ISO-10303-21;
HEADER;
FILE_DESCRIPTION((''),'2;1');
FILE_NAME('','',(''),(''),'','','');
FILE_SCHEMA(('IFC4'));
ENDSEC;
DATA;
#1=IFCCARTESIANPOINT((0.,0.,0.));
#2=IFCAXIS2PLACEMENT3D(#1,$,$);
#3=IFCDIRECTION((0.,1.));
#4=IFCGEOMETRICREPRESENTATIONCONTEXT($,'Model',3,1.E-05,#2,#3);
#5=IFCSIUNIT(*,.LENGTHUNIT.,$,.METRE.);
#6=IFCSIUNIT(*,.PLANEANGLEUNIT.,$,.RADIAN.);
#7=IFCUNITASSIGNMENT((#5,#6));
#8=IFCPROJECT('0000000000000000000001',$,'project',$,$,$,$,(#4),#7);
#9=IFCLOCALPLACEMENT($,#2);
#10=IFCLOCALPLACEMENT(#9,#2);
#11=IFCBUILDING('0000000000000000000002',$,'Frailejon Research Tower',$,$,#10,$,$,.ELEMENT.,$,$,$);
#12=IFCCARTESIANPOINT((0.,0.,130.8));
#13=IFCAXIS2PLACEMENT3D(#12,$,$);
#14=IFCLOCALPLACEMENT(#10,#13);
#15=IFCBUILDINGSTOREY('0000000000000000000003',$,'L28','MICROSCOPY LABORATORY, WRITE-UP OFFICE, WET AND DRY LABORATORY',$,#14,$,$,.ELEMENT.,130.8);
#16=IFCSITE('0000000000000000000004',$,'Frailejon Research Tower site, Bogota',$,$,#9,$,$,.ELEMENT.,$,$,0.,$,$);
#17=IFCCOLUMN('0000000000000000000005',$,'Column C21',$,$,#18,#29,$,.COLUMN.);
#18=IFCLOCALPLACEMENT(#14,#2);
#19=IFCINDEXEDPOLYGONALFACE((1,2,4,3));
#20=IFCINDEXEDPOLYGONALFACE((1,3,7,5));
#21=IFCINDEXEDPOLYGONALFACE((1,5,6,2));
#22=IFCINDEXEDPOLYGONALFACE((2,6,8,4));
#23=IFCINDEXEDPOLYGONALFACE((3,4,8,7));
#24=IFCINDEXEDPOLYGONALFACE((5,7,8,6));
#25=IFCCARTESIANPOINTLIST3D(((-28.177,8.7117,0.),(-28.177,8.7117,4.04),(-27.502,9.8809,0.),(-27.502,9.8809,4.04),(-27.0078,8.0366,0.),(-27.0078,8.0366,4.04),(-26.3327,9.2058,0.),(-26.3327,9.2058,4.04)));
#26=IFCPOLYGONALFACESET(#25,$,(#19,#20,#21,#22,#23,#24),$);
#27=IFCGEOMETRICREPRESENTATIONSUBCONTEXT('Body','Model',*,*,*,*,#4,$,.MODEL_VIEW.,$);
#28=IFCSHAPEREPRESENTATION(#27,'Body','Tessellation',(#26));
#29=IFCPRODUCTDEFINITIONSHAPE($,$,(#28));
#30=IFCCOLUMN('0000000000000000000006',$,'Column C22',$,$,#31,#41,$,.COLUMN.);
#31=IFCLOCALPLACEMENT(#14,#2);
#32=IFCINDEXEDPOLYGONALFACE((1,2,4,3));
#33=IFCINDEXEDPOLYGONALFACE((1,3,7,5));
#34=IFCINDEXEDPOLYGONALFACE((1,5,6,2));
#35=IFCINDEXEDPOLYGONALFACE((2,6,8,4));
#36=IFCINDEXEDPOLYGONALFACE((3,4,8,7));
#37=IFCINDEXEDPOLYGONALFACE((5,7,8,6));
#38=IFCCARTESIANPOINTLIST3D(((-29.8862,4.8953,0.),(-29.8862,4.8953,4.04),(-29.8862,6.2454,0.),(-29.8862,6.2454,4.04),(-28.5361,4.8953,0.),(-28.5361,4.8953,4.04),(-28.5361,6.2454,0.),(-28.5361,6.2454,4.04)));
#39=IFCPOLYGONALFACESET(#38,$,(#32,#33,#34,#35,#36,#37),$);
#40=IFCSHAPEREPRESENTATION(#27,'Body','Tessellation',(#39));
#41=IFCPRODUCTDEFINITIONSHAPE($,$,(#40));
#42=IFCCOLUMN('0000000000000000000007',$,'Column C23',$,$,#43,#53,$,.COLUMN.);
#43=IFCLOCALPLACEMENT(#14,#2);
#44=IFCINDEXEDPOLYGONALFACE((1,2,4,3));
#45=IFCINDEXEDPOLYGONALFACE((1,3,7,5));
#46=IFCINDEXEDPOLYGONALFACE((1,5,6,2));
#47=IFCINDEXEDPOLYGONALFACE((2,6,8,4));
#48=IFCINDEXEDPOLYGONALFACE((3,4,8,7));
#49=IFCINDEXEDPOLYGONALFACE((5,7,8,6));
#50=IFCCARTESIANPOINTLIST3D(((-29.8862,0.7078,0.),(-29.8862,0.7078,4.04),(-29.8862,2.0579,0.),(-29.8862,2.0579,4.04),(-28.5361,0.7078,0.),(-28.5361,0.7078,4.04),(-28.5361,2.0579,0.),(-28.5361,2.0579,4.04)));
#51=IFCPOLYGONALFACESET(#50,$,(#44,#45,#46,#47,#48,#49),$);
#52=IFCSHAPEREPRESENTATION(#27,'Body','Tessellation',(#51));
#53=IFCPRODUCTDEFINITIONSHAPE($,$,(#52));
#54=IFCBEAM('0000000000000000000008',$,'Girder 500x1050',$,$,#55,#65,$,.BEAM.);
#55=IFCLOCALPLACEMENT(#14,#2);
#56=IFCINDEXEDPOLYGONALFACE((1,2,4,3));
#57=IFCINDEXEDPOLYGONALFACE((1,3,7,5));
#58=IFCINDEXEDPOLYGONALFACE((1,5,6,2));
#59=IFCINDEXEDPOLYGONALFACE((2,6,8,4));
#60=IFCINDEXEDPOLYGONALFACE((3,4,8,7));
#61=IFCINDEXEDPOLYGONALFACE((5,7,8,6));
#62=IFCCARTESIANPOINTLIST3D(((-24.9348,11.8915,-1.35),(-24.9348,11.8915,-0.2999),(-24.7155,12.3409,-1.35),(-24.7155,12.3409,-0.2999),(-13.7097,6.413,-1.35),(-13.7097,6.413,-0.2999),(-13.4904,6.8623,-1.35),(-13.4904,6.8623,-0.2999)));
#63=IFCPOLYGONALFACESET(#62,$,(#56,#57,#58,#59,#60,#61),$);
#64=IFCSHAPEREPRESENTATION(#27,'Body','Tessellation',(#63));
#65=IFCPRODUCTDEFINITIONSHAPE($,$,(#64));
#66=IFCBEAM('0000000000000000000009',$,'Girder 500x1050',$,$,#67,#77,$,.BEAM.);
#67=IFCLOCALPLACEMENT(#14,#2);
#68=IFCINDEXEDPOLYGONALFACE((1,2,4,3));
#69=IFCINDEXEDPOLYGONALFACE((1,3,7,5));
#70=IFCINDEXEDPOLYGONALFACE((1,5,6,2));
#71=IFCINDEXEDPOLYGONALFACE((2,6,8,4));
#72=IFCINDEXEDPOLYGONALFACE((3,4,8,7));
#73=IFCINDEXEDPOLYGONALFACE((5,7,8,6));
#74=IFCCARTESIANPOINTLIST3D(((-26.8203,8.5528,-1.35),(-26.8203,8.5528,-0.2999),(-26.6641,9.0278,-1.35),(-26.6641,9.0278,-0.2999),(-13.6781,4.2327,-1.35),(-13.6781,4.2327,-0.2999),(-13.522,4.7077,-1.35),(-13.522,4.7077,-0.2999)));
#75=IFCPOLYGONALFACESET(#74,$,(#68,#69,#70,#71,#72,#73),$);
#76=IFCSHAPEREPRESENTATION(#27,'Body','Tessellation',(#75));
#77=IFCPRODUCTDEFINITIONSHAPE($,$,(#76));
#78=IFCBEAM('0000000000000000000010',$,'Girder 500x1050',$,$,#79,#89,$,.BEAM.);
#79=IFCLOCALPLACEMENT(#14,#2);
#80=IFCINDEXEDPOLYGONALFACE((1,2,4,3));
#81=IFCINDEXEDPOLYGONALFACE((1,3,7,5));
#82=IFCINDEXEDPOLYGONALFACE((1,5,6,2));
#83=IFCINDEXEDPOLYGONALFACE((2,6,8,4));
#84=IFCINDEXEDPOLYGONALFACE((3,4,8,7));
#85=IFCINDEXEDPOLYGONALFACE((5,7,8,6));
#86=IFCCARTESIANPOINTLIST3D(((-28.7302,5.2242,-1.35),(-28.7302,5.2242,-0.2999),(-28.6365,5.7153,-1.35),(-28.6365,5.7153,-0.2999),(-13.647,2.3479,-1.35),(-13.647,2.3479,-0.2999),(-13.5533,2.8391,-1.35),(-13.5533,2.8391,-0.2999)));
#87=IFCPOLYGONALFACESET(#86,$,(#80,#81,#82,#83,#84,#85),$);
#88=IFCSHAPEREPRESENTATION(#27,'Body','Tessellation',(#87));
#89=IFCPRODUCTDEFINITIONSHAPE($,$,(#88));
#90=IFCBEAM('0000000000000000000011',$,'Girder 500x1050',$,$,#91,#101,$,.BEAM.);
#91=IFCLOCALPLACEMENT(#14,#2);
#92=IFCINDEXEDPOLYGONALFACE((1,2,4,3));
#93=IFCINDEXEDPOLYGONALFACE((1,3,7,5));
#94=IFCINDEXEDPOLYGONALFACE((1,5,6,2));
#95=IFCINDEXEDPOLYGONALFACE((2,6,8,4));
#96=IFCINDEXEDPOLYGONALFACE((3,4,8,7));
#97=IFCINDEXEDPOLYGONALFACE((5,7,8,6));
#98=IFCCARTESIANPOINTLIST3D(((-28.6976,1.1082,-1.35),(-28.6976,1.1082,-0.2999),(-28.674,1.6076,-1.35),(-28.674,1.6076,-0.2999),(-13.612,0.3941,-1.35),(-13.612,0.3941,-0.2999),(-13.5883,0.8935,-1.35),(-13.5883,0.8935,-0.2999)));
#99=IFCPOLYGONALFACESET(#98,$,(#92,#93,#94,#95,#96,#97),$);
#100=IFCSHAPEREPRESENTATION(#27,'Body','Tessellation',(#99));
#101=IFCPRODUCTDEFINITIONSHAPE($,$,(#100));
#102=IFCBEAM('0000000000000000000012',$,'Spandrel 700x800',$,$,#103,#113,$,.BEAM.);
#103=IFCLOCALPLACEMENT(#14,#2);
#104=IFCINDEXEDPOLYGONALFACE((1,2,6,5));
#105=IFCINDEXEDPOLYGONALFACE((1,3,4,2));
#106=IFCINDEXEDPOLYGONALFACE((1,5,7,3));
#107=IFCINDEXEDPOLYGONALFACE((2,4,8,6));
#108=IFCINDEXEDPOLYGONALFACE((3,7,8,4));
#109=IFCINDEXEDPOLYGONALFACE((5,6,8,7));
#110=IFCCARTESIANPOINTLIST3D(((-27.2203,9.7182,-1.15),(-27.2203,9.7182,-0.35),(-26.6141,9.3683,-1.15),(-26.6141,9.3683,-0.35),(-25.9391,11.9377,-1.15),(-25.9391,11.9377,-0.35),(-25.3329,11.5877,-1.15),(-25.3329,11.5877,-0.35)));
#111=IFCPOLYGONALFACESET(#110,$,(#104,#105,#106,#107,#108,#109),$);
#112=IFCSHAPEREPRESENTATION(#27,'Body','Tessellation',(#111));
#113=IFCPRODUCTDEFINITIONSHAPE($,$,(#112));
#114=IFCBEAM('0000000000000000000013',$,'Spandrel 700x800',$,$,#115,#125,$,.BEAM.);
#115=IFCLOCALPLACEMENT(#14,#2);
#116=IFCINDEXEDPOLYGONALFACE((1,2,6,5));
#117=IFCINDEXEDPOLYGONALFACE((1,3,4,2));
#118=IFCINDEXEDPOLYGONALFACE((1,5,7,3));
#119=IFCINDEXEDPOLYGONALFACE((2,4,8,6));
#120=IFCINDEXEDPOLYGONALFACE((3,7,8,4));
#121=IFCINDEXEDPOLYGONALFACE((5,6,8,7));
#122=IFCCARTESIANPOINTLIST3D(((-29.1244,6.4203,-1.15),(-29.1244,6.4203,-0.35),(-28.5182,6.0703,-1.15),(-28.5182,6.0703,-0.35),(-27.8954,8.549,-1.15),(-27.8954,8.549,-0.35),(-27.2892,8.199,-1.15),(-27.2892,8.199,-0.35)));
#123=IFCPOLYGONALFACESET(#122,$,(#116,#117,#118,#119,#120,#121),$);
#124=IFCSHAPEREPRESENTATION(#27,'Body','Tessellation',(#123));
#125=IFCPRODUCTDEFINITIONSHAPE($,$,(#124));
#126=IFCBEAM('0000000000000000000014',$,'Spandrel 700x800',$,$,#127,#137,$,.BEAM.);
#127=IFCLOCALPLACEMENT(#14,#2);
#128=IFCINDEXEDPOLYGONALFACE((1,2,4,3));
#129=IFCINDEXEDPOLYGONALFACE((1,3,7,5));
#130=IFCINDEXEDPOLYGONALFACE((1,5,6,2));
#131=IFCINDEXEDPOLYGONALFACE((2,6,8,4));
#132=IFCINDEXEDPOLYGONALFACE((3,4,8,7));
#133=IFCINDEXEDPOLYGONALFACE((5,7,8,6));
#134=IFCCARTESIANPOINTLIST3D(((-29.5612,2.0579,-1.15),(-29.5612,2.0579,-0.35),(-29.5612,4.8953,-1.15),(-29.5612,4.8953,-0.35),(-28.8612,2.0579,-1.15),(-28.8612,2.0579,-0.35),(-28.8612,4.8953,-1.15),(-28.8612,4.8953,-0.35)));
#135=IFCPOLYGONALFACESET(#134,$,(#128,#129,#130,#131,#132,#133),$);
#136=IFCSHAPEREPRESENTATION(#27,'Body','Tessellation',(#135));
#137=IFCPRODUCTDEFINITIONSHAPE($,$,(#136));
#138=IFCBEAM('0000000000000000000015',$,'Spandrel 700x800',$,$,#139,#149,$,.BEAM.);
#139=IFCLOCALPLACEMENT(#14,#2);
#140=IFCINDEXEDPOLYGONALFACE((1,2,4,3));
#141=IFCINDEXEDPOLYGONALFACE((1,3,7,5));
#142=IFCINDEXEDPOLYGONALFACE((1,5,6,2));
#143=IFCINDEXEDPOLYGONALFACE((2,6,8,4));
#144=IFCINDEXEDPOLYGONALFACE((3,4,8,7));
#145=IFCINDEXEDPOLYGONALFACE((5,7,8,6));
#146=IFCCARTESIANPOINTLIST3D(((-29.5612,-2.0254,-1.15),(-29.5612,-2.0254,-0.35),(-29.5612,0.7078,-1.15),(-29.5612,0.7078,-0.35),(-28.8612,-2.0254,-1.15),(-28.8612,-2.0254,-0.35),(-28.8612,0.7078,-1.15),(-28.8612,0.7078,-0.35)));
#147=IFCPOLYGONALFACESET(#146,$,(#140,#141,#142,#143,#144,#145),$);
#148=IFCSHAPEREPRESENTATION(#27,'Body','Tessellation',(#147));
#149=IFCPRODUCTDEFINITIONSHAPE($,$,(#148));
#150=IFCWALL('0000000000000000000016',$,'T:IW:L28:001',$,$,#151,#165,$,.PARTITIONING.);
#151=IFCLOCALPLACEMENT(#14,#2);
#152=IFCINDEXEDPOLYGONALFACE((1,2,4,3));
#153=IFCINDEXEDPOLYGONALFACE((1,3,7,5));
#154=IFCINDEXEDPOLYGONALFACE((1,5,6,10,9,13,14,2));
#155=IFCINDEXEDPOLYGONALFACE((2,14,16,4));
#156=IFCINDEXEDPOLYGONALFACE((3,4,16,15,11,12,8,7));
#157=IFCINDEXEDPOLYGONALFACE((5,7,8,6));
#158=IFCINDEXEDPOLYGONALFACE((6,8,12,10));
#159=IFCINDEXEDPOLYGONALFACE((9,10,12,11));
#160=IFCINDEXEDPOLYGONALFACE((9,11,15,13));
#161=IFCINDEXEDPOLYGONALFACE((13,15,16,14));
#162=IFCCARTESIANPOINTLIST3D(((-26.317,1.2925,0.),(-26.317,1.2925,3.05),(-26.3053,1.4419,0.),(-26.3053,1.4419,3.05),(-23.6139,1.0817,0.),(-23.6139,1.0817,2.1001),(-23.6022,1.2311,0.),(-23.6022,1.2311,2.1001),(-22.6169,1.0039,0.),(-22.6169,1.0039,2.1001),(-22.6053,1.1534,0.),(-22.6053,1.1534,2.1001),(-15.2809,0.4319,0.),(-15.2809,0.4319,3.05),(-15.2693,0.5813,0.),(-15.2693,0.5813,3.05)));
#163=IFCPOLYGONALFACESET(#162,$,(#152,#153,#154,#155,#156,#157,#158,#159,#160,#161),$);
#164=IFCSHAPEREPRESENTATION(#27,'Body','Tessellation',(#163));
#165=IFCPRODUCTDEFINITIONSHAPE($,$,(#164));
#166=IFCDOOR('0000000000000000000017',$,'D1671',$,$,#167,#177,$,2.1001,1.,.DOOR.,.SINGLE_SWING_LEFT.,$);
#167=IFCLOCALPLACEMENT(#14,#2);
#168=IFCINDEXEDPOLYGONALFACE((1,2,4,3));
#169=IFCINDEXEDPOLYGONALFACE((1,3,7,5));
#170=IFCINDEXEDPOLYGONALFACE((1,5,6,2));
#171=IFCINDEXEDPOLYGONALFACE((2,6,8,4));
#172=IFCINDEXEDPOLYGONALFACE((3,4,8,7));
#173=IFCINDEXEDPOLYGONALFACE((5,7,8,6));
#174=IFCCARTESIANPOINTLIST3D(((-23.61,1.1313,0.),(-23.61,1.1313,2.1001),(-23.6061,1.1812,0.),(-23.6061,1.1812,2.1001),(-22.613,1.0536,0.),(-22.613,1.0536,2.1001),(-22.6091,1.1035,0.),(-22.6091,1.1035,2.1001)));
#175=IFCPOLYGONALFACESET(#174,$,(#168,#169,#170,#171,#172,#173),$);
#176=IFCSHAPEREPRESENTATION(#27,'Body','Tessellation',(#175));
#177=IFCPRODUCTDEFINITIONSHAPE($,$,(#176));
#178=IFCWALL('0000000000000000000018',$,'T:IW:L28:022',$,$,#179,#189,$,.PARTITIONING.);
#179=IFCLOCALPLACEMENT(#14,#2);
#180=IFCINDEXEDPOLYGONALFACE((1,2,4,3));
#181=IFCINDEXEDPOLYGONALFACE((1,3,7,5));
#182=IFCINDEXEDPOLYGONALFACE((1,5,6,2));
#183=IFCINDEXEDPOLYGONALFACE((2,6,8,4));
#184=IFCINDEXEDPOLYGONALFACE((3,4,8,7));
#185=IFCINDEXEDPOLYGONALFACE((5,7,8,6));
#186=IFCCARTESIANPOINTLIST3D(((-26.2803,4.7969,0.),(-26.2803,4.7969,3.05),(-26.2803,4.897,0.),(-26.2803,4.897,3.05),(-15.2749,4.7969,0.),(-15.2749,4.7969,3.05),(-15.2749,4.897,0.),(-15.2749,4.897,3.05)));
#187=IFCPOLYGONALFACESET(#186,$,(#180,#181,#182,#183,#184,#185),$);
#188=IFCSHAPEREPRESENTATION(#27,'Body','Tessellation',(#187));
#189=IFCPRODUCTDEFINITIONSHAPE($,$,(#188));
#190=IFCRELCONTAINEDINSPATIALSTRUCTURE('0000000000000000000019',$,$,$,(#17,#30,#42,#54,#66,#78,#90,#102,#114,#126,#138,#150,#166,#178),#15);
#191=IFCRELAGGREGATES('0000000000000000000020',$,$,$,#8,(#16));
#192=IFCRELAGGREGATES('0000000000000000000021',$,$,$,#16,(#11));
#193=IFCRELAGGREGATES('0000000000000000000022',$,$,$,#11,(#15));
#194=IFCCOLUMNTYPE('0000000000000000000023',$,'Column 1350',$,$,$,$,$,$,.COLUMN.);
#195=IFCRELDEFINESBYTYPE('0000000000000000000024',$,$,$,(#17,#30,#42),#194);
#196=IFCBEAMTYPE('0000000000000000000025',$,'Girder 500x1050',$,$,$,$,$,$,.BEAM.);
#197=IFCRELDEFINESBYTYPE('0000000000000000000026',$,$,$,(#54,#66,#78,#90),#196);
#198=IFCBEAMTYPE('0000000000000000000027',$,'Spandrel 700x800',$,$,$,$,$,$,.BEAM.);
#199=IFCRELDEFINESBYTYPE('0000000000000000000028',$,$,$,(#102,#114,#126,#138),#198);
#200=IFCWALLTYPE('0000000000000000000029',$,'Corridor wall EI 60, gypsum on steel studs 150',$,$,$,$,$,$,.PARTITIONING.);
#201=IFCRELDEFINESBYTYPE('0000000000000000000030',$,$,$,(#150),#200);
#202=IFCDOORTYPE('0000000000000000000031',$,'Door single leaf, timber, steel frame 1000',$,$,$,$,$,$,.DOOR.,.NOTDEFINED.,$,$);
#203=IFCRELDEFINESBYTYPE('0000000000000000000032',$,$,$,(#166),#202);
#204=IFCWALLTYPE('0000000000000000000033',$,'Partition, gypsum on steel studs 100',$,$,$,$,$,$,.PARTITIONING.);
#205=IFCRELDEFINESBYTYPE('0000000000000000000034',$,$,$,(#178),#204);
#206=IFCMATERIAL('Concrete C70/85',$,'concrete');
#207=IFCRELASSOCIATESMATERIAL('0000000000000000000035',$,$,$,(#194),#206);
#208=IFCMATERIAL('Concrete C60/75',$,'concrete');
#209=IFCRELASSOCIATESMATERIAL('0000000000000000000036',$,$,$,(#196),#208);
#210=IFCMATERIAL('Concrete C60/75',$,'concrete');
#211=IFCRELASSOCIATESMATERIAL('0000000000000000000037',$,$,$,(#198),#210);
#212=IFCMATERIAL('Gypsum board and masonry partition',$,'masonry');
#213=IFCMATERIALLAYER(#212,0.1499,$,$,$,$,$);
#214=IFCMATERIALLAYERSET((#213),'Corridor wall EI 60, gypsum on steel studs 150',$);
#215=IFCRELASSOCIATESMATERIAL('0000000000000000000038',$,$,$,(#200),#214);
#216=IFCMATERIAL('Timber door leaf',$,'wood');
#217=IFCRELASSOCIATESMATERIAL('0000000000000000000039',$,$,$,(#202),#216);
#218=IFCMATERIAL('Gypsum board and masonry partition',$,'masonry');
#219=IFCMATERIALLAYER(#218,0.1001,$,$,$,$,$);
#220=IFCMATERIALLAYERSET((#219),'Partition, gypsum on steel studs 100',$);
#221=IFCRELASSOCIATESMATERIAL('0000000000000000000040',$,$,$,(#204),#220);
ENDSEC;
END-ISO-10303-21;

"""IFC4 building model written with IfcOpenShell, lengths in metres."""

from ifc_helpers import new_model, si_unit, direction, frame, frame_2d, origin, origin_2d, place, context, subcontext, project, spatial, rectangle, extrude, material, layer, layer_set, material_profile, profile_set, type_object, element, fill, save


model = new_model("IFC4")

# Units and contexts
model_context = context("Model", 3, precision=1e-05, world=origin(), true_north=direction((0.0, 1.0)))
body_context = subcontext(model_context, "Body", "Model", "MODEL_VIEW")
ifc_project = project(units=[si_unit("LENGTHUNIT", "METRE"), si_unit("PLANEANGLEUNIT", "RADIAN")], contexts=[model_context])

# Site, building, storey
site_placement = place(None, origin())
site = spatial("IfcSite", under=ifc_project, at=site_placement, Name="Frailejon Research Tower site, Bogota", CompositionType="ELEMENT", RefElevation=0.0)
building_placement = place(site_placement, origin())
building = spatial("IfcBuilding", under=site, at=building_placement, Name="Frailejon Research Tower", CompositionType="ELEMENT")
storey_placement = place(building_placement, frame((0.0, 0.0, 130.8)))
storey = spatial("IfcBuildingStorey", under=building, at=storey_placement, Name="L28", Description="MICROSCOPY LABORATORY, WRITE-UP OFFICE, WET AND DRY LABORATORY", CompositionType="ELEMENT", Elevation=130.8)

# Columns
ifc_material_1 = material(Name="Concrete C70/85", Category="concrete")
ifc_material_profile_1 = material_profile(ifc_material_1, rectangle(XDim=1.3501, YDim=1.3501, at=origin_2d()), Name="Column 1350")
ifc_profile_set_1 = profile_set([ifc_material_profile_1], Name="Concrete C70/85")
column_type = type_object("IfcColumnType", Name="Column 1350", PredefinedType="COLUMN", material=ifc_profile_set_1)
for number, where, z_axis, x_axis, name in (
    (1, (-27.2549, 8.9587, 0.0), (0.0, 0.0, 1.0), (-0.5, -0.866025, 0.0), "Column C21"),
    (2, (-29.2112, 5.5703, 0.0), (0.0, 0.0, 1.0), (0.0, -1.0, 0.0), "Column C22"),
    (3, (-29.2112, 1.3828, 0.0), (0.0, 0.0, 1.0), (0.0, -1.0, 0.0), "Column C23"),
):
    element("IfcColumn", number, at=place(storey_placement, frame(where, z_axis=z_axis, x_axis=x_axis)), inside=storey, type_object=column_type, Name=name, PredefinedType="COLUMN", context=body_context, shape_type="SweptSolid", body=[
        extrude(rectangle(XDim=1.3501, YDim=1.3501, at=origin_2d()), origin(), (0.0, 0.0, 1.0), 4.04),
    ])

# Beams
ifc_material_2 = material(Name="Concrete C60/75", Category="concrete")
ifc_material_profile_2 = material_profile(ifc_material_2, rectangle(XDim=0.5, YDim=1.05, at=origin_2d()), Name="Girder 500x1050")
ifc_profile_set_2 = profile_set([ifc_material_profile_2], Name="Concrete C60/75")
beam_type_1 = type_object("IfcBeamType", Name="Girder 500x1050", PredefinedType="BEAM", material=ifc_profile_set_2)
beam_1_placement = place(storey_placement, frame((-24.8252, 12.1162, -0.825), z_axis=(0.898678, -0.438608, 0.0), x_axis=(0.438608, 0.898678, 0.0)))
element("IfcBeam", 4, at=beam_1_placement, inside=storey, type_object=beam_type_1, Name="Girder 500x1050", PredefinedType="BEAM", context=body_context, shape_type="SweptSolid", body=[
    extrude(rectangle(XDim=0.5, YDim=1.05, at=origin_2d()), origin(), (0.0, 0.0, 1.0), 12.4907),
])
beam_2_placement = place(storey_placement, frame((-26.7422, 8.7903, -0.825), z_axis=(0.94999, -0.312281, 0.0), x_axis=(0.312281, 0.94999, 0.0)))
element("IfcBeam", 5, at=beam_2_placement, inside=storey, type_object=beam_type_1, Name="Girder 500x1050", PredefinedType="BEAM", context=body_context, shape_type="SweptSolid", body=[
    extrude(rectangle(XDim=0.5, YDim=1.05, at=origin_2d()), origin(), (0.0, 0.0, 1.0), 13.834),
])
beam_3_placement = place(storey_placement, frame((-28.6833, 5.4697, -0.825), z_axis=(0.9823, -0.187314, 0.0), x_axis=(0.187314, 0.9823, 0.0)))
element("IfcBeam", 6, at=beam_3_placement, inside=storey, type_object=beam_type_1, Name="Girder 500x1050", PredefinedType="BEAM", context=body_context, shape_type="SweptSolid", body=[
    extrude(rectangle(XDim=0.5, YDim=1.05, at=origin_2d()), origin(), (0.0, 0.0, 1.0), 15.355),
])
beam_4_placement = place(storey_placement, frame((-28.6858, 1.3579, -0.825), z_axis=(0.998881, -0.047284, 0.0), x_axis=(0.047284, 0.998881, 0.0)))
element("IfcBeam", 7, at=beam_4_placement, inside=storey, type_object=beam_type_1, Name="Girder 500x1050", PredefinedType="BEAM", context=body_context, shape_type="SweptSolid", body=[
    extrude(rectangle(XDim=0.5, YDim=1.05, at=origin_2d()), origin(), (0.0, 0.0, 1.0), 15.1025),
])
ifc_material_3 = material(Name="Concrete C60/75", Category="concrete")
ifc_material_profile_3 = material_profile(ifc_material_3, rectangle(XDim=0.7, YDim=0.8, at=origin_2d()), Name="Spandrel 700x800")
ifc_profile_set_3 = profile_set([ifc_material_profile_3], Name="Concrete C60/75")
beam_type_2 = type_object("IfcBeamType", Name="Spandrel 700x800", PredefinedType="BEAM", material=ifc_profile_set_3)
beam_5_placement = place(storey_placement, frame((-25.636, 11.7627, -0.75), z_axis=(-0.499951, -0.866054, 0.0), x_axis=(0.866054, -0.499951, 0.0)))
element("IfcBeam", 8, at=beam_5_placement, inside=storey, type_object=beam_type_2, Name="Spandrel 700x800", PredefinedType="BEAM", context=body_context, shape_type="SweptSolid", body=[
    extrude(rectangle(XDim=0.7, YDim=0.8, at=origin_2d()), origin(), (0.0, 0.0, 1.0), 2.5627),
])
beam_6_placement = place(storey_placement, frame((-27.5923, 8.374, -0.75), z_axis=(-0.500006, -0.866022, 0.0), x_axis=(0.866022, -0.500006, 0.0)))
element("IfcBeam", 9, at=beam_6_placement, inside=storey, type_object=beam_type_2, Name="Spandrel 700x800", PredefinedType="BEAM", context=body_context, shape_type="SweptSolid", body=[
    extrude(rectangle(XDim=0.7, YDim=0.8, at=origin_2d()), origin(), (0.0, 0.0, 1.0), 2.458),
])
beam_7_placement = place(storey_placement, frame((-29.2112, 4.8953, -0.75), z_axis=(0.0, -1.0, 0.0), x_axis=(1.0, 0.0, 0.0)))
element("IfcBeam", 10, at=beam_7_placement, inside=storey, type_object=beam_type_2, Name="Spandrel 700x800", PredefinedType="BEAM", context=body_context, shape_type="SweptSolid", body=[
    extrude(rectangle(XDim=0.7, YDim=0.8, at=origin_2d()), origin(), (0.0, 0.0, 1.0), 2.8374),
])
beam_8_placement = place(storey_placement, frame((-29.2112, 0.7078, -0.75), z_axis=(0.0, -1.0, 0.0), x_axis=(1.0, 0.0, 0.0)))
element("IfcBeam", 11, at=beam_8_placement, inside=storey, type_object=beam_type_2, Name="Spandrel 700x800", PredefinedType="BEAM", context=body_context, shape_type="SweptSolid", body=[
    extrude(rectangle(XDim=0.7, YDim=0.8, at=origin_2d()), origin(), (0.0, 0.0, 1.0), 2.7332),
])

# Wall, opening, door
ifc_material_4 = material(Name="Gypsum board and masonry partition", Category="masonry")
ifc_layer_1 = layer(ifc_material_4, 0.1499)
ifc_layer_set_1 = layer_set([ifc_layer_1], Name="Corridor wall EI 60, gypsum on steel studs 150")
wall_type_1 = type_object("IfcWallType", Name="Corridor wall EI 60, gypsum on steel studs 150", PredefinedType="PARTITIONING", material=ifc_layer_set_1)
wall_1_placement = place(storey_placement, frame((-26.311, 1.3672, 0.0), z_axis=(0.0, 0.0, 1.0), x_axis=(0.996973, -0.077744, 0.0)))
wall_1 = element("IfcWall", 12, at=wall_1_placement, inside=storey, type_object=wall_type_1, Name="T:IW:L28:001", PredefinedType="PARTITIONING", context=body_context, shape_type="SweptSolid", body=[
    extrude(rectangle(XDim=11.0696, YDim=0.1499, at=frame_2d((5.5347, 0.0))), origin(), (0.0, 0.0, 1.0), 3.05),
])
opening_1_placement = place(wall_1_placement, frame((2.7112, 0.0, 0.0)))
opening_1 = element("IfcOpeningElement", 13, at=opening_1_placement, cuts=wall_1, PredefinedType="OPENING", context=body_context, shape_type="SweptSolid", body=[
    extrude(rectangle(XDim=1.0, YDim=2.1001, at=frame_2d((0.5, 1.05))), frame((0.0, 0.085, 0.0), z_axis=(0.0, -1.0, 0.0), x_axis=(1.0, 0.0, 0.0)), (0.0, 0.0, 1.0), 0.1699),
])
ifc_material_5 = material(Name="Timber door leaf", Category="wood")
door_type = type_object("IfcDoorType", Name="Door single leaf, timber, steel frame 1000", OperationType="NOTDEFINED", PredefinedType="DOOR", material=ifc_material_5)
door_placement = place(opening_1_placement, origin())
door = element("IfcDoor", 14, at=door_placement, inside=storey, type_object=door_type, Name="D1671", OperationType="SINGLE_SWING_LEFT", OverallHeight=2.1001, OverallWidth=1.0, PredefinedType="DOOR", context=body_context, shape_type="SweptSolid", body=[
    extrude(rectangle(XDim=1.0, YDim=2.1001, at=frame_2d((0.5, 1.05))), frame((0.0, 0.0249, 0.0), z_axis=(0.0, -1.0, 0.0), x_axis=(1.0, 0.0, 0.0)), (0.0, 0.0, 1.0), 0.05),
])
fill(opening_1, door)

# Wall
ifc_material_6 = material(Name="Gypsum board and masonry partition", Category="masonry")
ifc_layer_2 = layer(ifc_material_6, 0.1001)
ifc_layer_set_2 = layer_set([ifc_layer_2], Name="Partition, gypsum on steel studs 100")
wall_type_2 = type_object("IfcWallType", Name="Partition, gypsum on steel studs 100", PredefinedType="PARTITIONING", material=ifc_layer_set_2)
wall_2_placement = place(storey_placement, frame((-26.2803, 4.8469, 0.0), z_axis=(0.0, 0.0, 1.0), x_axis=(1.0, 0.0, 0.0)))
element("IfcWall", 15, at=wall_2_placement, inside=storey, type_object=wall_type_2, Name="T:IW:L28:022", PredefinedType="PARTITIONING", context=body_context, shape_type="SweptSolid", body=[
    extrude(rectangle(XDim=11.0054, YDim=0.1001, at=frame_2d((5.5027, 0.0))), origin(), (0.0, 0.0, 1.0), 3.05),
])

save(model, "model.ifc")
